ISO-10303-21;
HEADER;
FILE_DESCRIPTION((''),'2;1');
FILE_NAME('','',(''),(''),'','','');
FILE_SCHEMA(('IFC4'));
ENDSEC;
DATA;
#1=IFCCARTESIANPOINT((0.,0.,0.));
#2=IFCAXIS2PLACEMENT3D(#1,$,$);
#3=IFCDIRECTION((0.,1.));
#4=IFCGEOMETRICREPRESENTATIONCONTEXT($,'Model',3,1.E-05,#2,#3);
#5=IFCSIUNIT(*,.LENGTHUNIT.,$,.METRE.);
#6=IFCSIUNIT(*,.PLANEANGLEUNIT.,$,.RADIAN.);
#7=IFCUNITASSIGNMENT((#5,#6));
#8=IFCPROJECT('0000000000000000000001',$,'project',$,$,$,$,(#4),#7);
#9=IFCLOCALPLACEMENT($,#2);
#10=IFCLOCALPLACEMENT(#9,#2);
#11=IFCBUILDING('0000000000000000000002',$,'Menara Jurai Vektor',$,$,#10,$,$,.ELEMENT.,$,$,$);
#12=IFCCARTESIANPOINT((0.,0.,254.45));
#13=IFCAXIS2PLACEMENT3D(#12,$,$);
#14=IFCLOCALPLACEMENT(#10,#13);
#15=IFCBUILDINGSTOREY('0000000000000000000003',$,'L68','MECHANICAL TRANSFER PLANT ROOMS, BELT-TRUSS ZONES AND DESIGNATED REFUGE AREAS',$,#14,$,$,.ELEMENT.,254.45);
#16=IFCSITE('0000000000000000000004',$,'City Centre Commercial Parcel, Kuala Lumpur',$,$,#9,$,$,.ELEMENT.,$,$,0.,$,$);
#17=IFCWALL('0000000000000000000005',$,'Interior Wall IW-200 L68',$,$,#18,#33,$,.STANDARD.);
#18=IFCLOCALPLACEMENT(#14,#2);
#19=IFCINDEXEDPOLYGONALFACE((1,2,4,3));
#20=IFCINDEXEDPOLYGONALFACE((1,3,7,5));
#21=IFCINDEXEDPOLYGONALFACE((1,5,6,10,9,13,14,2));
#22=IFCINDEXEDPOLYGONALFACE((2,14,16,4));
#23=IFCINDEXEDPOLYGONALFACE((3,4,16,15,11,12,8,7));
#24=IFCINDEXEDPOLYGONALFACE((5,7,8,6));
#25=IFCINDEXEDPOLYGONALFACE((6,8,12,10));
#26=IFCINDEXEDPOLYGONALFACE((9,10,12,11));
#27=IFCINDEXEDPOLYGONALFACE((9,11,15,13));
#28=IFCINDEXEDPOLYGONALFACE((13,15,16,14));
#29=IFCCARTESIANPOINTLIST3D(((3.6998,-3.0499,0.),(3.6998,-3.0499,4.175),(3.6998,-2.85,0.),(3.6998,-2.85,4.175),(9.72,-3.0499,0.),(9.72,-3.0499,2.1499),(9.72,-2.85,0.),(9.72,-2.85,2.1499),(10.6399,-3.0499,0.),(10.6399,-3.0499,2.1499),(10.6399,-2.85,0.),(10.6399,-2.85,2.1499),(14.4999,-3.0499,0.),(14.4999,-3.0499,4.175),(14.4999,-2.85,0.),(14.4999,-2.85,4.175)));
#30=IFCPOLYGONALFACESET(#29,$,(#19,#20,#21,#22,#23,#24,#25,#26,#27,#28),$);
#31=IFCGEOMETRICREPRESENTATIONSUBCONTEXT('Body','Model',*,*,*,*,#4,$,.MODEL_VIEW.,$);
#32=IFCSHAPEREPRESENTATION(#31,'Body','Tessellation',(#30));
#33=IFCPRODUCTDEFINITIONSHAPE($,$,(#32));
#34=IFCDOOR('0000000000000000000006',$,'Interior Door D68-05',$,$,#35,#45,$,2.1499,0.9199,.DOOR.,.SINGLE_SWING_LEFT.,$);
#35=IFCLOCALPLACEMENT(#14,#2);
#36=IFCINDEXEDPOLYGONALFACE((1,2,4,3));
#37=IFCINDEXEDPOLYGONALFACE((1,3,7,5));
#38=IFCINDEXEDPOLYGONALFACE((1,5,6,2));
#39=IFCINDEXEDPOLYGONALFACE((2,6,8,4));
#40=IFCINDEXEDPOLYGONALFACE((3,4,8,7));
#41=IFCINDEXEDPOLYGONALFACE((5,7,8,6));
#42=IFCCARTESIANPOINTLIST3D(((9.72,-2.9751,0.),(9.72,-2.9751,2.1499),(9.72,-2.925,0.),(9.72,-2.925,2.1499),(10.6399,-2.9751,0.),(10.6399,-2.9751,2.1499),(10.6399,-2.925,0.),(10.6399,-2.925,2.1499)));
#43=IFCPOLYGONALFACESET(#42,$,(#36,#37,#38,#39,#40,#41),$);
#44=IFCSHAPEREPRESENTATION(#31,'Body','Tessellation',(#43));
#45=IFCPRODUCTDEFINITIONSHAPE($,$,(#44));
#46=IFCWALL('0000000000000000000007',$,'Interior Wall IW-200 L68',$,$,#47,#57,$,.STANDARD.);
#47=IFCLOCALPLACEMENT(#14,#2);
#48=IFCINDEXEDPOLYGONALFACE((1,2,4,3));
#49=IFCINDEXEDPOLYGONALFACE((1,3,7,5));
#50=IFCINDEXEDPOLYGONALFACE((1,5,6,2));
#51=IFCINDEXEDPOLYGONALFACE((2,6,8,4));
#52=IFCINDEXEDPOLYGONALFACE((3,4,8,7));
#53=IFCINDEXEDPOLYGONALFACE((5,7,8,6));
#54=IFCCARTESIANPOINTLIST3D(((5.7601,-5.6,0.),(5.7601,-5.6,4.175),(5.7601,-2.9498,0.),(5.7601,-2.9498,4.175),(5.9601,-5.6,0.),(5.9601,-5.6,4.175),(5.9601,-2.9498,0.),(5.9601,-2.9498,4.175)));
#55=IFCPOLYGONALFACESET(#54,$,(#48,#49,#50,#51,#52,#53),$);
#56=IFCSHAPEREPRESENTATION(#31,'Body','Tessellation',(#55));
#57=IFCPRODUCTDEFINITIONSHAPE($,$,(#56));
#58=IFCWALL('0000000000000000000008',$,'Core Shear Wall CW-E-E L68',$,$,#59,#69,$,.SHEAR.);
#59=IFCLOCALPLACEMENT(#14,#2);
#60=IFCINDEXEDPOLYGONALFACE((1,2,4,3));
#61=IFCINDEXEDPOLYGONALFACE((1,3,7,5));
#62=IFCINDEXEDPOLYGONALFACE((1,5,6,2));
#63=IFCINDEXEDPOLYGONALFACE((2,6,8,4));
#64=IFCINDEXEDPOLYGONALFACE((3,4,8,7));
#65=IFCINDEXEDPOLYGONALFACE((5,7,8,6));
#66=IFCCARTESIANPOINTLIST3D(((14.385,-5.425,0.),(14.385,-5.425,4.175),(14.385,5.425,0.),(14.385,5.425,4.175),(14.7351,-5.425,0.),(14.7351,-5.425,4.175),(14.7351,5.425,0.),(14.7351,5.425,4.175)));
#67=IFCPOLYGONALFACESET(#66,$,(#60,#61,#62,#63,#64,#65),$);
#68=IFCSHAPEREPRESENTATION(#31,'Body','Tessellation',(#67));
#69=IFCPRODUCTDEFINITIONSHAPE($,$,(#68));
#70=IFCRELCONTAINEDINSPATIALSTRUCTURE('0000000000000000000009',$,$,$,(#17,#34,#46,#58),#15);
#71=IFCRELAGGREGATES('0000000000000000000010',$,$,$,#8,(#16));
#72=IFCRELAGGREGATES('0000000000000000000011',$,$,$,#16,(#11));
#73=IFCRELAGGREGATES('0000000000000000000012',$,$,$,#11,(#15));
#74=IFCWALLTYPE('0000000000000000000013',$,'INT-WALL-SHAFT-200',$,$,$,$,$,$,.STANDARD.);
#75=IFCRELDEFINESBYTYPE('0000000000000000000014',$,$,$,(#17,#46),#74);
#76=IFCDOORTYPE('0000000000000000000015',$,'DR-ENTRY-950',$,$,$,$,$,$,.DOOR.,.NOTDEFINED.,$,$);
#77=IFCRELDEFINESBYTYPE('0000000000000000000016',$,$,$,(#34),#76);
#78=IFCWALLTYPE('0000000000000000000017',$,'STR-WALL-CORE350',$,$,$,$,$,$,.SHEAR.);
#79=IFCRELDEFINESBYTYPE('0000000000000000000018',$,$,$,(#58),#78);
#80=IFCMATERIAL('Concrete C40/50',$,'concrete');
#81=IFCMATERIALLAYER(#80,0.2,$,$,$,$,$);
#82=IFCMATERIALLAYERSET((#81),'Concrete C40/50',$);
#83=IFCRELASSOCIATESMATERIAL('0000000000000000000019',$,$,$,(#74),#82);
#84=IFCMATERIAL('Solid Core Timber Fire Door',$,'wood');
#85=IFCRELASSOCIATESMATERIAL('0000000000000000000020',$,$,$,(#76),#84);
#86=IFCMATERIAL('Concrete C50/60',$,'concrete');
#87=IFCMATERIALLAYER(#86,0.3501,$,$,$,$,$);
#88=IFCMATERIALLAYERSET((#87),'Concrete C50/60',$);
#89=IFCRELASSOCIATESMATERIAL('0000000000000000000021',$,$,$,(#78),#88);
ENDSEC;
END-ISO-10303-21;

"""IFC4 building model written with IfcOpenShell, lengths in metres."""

from ifc_helpers import new_model, si_unit, direction, frame, frame_2d, origin, place, context, subcontext, project, spatial, rectangle, extrude, material, layer, layer_set, type_object, element, fill, save


model = new_model("IFC4")

# Units and contexts
model_context = context("Model", 3, precision=1e-05, world=origin(), true_north=direction((0.0, 1.0)))
body_context = subcontext(model_context, "Body", "Model", "MODEL_VIEW")
ifc_project = project(units=[si_unit("LENGTHUNIT", "METRE"), si_unit("PLANEANGLEUNIT", "RADIAN")], contexts=[model_context])

# Site, building, storey
site_placement = place(None, origin())
site = spatial("IfcSite", under=ifc_project, at=site_placement, Name="City Centre Commercial Parcel, Kuala Lumpur", CompositionType="ELEMENT", RefElevation=0.0)
building_placement = place(site_placement, origin())
building = spatial("IfcBuilding", under=site, at=building_placement, Name="Menara Jurai Vektor", CompositionType="ELEMENT")
storey_placement = place(building_placement, frame((0.0, 0.0, 254.45)))
storey = spatial("IfcBuildingStorey", under=building, at=storey_placement, Name="L68", Description="MECHANICAL TRANSFER PLANT ROOMS, BELT-TRUSS ZONES AND DESIGNATED REFUGE AREAS", CompositionType="ELEMENT", Elevation=254.45)

# Shared definitions
ifc_material_1 = material(Name="Concrete C50/60", Category="concrete")

# Shared definitions
ifc_material_2 = material(Name="Concrete C40/50", Category="concrete")

# Shared definitions
ifc_layer_1 = layer(ifc_material_2, 0.2)
ifc_layer_set_1 = layer_set([ifc_layer_1], Name="Concrete C40/50")
wall_type_1 = type_object("IfcWallType", Name="INT-WALL-SHAFT-200", PredefinedType="STANDARD", material=ifc_layer_set_1)
ifc_material_3 = material(Name="Solid Core Timber Fire Door", Category="wood")
door_type_1 = type_object("IfcDoorType", Name="DR-ENTRY-950", OperationType="NOTDEFINED", PredefinedType="DOOR", material=ifc_material_3)

# Wall, opening, door
wall_1_placement = place(storey_placement, frame((3.7, -2.95, 0.0), z_axis=(0.0, 0.0, 1.0), x_axis=(1.0, 0.0, 0.0)))
wall_1 = element("IfcWall", 1, at=wall_1_placement, inside=storey, type_object=wall_type_1, Name="Interior Wall IW-200 L68", PredefinedType="STANDARD", context=body_context, shape_type="SweptSolid", body=[
    extrude(rectangle(XDim=10.8, YDim=0.2, at=frame_2d((5.3999, 0.0))), origin(), (0.0, 0.0, 1.0), 4.175),
])
opening_1_placement = place(wall_1_placement, frame((6.02, 0.0, 0.0)))
opening_1 = element("IfcOpeningElement", 2, at=opening_1_placement, cuts=wall_1, PredefinedType="OPENING", context=body_context, shape_type="SweptSolid", body=[
    extrude(rectangle(XDim=0.9199, YDim=2.1499, at=frame_2d((0.46, 1.075))), frame((0.0, 0.1099, 0.0), z_axis=(0.0, -1.0, 0.0), x_axis=(1.0, 0.0, 0.0)), (0.0, 0.0, 1.0), 0.22),
])
door_1_placement = place(opening_1_placement, origin())
door_1 = element("IfcDoor", 3, at=door_1_placement, inside=storey, type_object=door_type_1, Name="Interior Door D68-05", OperationType="SINGLE_SWING_LEFT", OverallHeight=2.1499, OverallWidth=0.9199, PredefinedType="DOOR", context=body_context, shape_type="SweptSolid", body=[
    extrude(rectangle(XDim=0.9199, YDim=2.1499, at=frame_2d((0.46, 1.075))), frame((0.0, 0.0249, 0.0), z_axis=(0.0, -1.0, 0.0), x_axis=(1.0, 0.0, 0.0)), (0.0, 0.0, 1.0), 0.05),
])
fill(opening_1, door_1)

# Walls
wall_2_placement = place(storey_placement, frame((5.8601, -5.6001, 0.0), z_axis=(0.0, 0.0, 1.0), x_axis=(0.0, 1.0, 0.0)))
element("IfcWall", 4, at=wall_2_placement, inside=storey, type_object=wall_type_1, Name="Interior Wall IW-200 L68", PredefinedType="STANDARD", context=body_context, shape_type="SweptSolid", body=[
    extrude(rectangle(XDim=2.6501, YDim=0.2, at=frame_2d((1.3252, 0.0))), origin(), (0.0, 0.0, 1.0), 4.175),
])
ifc_layer_2 = layer(ifc_material_1, 0.3501)
ifc_layer_set_2 = layer_set([ifc_layer_2], Name="Concrete C50/60")
wall_type_2 = type_object("IfcWallType", Name="STR-WALL-CORE350", PredefinedType="SHEAR", material=ifc_layer_set_2)
wall_3_placement = place(storey_placement, frame((14.5601, -5.425, 0.0), z_axis=(0.0, 0.0, 1.0), x_axis=(0.0, 1.0, 0.0)))
element("IfcWall", 5, at=wall_3_placement, inside=storey, type_object=wall_type_2, Name="Core Shear Wall CW-E-E L68", PredefinedType="SHEAR", context=body_context, shape_type="SweptSolid", body=[
    extrude(rectangle(XDim=10.8501, YDim=0.3501, at=frame_2d((5.425, 0.0))), origin(), (0.0, 0.0, 1.0), 4.175),
])

save(model, "model.ifc")
